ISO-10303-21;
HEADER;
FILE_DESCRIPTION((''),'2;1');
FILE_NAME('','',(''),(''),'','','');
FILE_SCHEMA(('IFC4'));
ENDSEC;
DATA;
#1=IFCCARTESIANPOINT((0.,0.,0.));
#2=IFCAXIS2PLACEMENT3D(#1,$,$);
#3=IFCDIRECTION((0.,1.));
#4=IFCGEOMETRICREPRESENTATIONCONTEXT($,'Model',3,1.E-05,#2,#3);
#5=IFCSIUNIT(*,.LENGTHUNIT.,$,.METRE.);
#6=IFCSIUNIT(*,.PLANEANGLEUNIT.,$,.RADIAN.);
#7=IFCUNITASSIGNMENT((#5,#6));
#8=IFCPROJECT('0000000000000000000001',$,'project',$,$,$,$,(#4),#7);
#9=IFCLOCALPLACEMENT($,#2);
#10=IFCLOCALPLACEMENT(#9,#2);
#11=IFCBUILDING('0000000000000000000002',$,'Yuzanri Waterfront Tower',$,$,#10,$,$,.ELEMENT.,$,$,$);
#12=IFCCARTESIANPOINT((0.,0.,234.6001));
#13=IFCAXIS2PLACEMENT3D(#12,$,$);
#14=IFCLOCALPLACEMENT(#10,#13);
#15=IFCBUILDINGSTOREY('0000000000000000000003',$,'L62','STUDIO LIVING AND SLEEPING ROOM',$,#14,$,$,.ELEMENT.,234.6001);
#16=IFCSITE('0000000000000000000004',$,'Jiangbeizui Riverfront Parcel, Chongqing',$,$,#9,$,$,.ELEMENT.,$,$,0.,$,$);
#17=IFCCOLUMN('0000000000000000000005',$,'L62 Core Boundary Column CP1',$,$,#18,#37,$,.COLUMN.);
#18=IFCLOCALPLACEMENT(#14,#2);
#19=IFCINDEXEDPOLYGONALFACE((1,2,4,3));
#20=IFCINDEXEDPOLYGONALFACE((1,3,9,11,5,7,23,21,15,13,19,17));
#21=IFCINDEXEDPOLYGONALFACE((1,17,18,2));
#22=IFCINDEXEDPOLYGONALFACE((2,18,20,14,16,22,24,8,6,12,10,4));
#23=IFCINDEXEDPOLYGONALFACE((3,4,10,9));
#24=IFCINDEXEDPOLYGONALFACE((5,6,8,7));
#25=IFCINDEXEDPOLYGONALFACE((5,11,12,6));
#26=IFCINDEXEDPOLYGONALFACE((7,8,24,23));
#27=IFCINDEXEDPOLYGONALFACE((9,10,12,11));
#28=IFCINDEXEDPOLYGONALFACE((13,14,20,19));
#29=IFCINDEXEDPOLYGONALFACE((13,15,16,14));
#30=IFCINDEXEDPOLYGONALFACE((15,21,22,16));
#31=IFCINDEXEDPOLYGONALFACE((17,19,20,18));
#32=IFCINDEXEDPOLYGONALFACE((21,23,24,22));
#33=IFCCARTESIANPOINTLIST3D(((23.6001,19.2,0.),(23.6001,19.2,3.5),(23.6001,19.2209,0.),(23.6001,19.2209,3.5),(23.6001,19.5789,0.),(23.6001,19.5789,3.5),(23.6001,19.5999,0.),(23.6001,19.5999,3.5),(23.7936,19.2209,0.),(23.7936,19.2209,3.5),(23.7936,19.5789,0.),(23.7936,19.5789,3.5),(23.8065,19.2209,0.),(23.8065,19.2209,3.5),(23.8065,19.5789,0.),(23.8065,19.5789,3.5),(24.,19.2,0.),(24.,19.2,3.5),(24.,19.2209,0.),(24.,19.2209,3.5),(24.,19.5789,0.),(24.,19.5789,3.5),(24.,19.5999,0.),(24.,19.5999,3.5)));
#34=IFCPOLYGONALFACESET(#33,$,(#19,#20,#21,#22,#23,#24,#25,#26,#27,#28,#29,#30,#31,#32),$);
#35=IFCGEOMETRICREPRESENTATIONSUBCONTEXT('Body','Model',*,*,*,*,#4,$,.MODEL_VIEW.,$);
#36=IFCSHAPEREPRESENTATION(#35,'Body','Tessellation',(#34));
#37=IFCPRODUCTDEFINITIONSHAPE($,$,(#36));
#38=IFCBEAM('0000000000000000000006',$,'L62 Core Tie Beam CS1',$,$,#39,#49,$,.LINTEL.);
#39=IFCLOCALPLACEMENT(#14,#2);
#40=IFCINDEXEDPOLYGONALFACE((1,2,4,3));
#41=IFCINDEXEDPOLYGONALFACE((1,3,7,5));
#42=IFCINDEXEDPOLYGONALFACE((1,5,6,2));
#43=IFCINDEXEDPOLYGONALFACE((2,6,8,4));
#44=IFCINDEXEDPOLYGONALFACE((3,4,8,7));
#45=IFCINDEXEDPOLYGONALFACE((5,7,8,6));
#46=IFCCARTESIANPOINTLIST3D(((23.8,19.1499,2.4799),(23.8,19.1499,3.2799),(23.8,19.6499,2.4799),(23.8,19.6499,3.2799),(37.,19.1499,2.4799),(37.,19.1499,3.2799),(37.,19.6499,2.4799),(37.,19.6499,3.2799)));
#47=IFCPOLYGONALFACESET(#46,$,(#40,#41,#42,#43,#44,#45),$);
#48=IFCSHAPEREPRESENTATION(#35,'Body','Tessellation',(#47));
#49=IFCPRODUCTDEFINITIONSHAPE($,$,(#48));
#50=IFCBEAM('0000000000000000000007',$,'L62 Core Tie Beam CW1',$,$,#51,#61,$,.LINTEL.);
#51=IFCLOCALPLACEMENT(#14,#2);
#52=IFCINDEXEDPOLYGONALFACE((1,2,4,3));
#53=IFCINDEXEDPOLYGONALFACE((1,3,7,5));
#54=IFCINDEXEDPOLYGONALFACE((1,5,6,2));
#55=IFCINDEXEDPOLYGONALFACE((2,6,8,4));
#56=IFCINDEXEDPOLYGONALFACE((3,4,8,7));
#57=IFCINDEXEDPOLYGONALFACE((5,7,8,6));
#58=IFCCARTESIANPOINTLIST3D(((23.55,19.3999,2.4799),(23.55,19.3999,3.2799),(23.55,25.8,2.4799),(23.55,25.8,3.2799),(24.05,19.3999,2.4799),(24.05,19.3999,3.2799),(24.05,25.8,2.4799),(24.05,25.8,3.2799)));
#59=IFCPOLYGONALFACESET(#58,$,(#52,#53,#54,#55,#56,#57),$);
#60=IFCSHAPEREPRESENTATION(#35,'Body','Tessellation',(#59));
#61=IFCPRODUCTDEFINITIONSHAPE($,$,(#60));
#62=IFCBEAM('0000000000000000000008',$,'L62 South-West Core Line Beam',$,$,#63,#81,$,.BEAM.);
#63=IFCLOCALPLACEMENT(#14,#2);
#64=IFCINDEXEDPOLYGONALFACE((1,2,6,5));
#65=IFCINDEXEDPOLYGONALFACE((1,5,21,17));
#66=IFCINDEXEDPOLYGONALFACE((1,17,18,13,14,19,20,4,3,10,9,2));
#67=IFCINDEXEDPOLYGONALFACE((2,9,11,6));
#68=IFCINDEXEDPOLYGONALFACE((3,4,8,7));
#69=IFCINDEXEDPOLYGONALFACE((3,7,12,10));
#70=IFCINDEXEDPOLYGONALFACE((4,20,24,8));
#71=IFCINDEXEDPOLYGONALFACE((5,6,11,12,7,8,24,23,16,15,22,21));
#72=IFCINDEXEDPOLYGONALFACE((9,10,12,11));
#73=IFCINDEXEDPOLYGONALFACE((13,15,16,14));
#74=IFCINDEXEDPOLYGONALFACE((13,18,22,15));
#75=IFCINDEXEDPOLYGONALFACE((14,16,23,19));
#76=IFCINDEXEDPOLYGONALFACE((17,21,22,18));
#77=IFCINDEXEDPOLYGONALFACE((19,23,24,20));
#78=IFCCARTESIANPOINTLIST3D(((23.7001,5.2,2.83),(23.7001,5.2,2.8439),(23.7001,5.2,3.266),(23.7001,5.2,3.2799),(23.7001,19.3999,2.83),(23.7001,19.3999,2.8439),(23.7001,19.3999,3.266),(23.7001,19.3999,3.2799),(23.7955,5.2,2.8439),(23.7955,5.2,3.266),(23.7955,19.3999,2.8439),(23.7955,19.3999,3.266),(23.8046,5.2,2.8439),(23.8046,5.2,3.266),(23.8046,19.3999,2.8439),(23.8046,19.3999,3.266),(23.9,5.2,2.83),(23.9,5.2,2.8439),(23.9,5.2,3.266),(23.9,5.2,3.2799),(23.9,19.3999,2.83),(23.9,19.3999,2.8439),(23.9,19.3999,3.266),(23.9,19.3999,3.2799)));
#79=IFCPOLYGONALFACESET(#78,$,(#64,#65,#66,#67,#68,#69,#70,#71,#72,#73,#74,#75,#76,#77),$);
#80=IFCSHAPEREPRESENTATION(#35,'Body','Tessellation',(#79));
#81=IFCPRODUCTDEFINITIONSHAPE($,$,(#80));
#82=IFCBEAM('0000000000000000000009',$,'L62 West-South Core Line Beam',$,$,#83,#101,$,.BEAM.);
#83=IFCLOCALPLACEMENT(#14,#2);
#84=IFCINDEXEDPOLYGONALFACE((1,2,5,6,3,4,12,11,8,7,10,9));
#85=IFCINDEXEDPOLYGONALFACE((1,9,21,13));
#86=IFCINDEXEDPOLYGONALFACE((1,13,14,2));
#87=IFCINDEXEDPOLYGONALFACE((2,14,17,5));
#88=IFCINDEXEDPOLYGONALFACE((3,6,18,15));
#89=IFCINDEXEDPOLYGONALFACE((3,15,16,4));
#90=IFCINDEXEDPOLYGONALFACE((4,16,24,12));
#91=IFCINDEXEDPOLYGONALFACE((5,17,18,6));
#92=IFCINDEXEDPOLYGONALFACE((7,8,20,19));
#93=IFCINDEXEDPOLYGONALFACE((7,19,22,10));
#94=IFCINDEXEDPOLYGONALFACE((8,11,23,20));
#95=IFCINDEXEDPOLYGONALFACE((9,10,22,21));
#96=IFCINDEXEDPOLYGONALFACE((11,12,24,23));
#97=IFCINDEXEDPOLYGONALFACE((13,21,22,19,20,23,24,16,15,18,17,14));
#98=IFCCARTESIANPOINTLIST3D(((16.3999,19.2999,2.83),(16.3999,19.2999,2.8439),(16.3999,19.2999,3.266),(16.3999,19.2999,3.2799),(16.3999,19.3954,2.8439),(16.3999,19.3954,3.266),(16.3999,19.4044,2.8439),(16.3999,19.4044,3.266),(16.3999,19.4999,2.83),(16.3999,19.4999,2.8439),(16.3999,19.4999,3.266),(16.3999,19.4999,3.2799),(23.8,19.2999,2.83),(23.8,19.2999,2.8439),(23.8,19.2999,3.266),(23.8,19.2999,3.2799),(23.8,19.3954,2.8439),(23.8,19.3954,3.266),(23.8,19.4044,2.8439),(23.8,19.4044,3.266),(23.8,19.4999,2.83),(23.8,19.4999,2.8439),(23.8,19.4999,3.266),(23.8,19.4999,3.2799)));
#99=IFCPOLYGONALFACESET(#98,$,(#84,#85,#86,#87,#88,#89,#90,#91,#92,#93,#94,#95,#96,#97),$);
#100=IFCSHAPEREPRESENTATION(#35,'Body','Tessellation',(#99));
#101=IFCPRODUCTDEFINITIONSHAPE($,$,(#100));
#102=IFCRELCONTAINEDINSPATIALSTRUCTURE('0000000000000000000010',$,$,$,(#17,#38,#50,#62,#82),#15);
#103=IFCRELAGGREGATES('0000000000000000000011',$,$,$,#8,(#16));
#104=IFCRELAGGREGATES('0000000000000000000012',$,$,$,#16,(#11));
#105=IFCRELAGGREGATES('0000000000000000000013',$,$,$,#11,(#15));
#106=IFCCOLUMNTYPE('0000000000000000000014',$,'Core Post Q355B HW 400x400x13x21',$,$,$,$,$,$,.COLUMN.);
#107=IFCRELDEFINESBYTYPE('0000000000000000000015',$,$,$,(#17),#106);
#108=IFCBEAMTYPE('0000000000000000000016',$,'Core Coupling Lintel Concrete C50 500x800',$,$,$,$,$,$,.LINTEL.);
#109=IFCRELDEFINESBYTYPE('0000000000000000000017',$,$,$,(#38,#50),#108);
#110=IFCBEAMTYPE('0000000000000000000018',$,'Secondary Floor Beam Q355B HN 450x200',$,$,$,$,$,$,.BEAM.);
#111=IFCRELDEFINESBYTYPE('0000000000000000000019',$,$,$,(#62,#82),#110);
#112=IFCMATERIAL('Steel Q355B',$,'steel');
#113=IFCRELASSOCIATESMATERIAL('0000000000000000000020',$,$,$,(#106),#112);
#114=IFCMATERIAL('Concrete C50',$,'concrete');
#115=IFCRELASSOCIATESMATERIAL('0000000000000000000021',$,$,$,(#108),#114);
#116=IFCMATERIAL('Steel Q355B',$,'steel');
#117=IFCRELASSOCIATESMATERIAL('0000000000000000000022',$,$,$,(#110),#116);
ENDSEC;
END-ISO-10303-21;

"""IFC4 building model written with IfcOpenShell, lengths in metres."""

from ifc_helpers import new_model, si_unit, direction, frame, origin, origin_2d, place, context, subcontext, project, spatial, rectangle, i_section, extrude, source, transform, mapped, material, material_profile, profile_set, type_object, element, save


model = new_model("IFC4")

# Units and contexts
model_context = context("Model", 3, precision=1e-05, world=origin(), true_north=direction((0.0, 1.0)))
body_context = subcontext(model_context, "Body", "Model", "MODEL_VIEW")
ifc_project = project(units=[si_unit("LENGTHUNIT", "METRE"), si_unit("PLANEANGLEUNIT", "RADIAN")], contexts=[model_context])

# Site, building, storey
site_placement = place(None, origin())
site = spatial("IfcSite", under=ifc_project, at=site_placement, Name="Jiangbeizui Riverfront Parcel, Chongqing", CompositionType="ELEMENT", RefElevation=0.0)
building_placement = place(site_placement, origin())
building = spatial("IfcBuilding", under=site, at=building_placement, Name="Yuzanri Waterfront Tower", CompositionType="ELEMENT")
storey_placement = place(building_placement, frame((0.0, 0.0, 234.6001)))
storey = spatial("IfcBuildingStorey", under=building, at=storey_placement, Name="L62", Description="STUDIO LIVING AND SLEEPING ROOM", CompositionType="ELEMENT", Elevation=234.6001)

# Column
ifc_material_1 = material(Name="Steel Q355B", Category="steel")
ifc_material_profile_1 = material_profile(ifc_material_1, i_section(OverallWidth=0.3999, OverallDepth=0.3999, WebThickness=0.0129, FlangeThickness=0.021, at=origin_2d()), Name="HW 400x400x13x21")
ifc_profile_set_1 = profile_set([ifc_material_profile_1], Name="Steel Q355B")
column_type = type_object("IfcColumnType", Name="Core Post Q355B HW 400x400x13x21", PredefinedType="COLUMN", material=ifc_profile_set_1)
shared_shape_1 = source(origin(), body_context, "Body", "SweptSolid", [
    extrude(i_section(OverallWidth=0.3999, OverallDepth=0.3999, WebThickness=0.0129, FlangeThickness=0.021, at=origin_2d()), origin(), (0.0, 0.0, 1.0), 3.5),
])
column_placement = place(storey_placement, frame((23.8, 19.3999, 0.0), z_axis=(0.0, 0.0, 1.0), x_axis=(1.0, 0.0, 0.0)))
element("IfcColumn", 1, at=column_placement, inside=storey, type_object=column_type, Name="L62 Core Boundary Column CP1", PredefinedType="COLUMN", context=body_context, shape_type="MappedRepresentation", body=[
    mapped(shared_shape_1, transform((0.0, 0.0, 0.0), scale=1.0)),
])

# Beams
ifc_material_2 = material(Name="Concrete C50", Category="concrete")
ifc_material_profile_2 = material_profile(ifc_material_2, rectangle(XDim=0.5, YDim=0.8, at=origin_2d()), Name="RC 500x800")
ifc_profile_set_2 = profile_set([ifc_material_profile_2], Name="Concrete C50")
beam_type_1 = type_object("IfcBeamType", Name="Core Coupling Lintel Concrete C50 500x800", PredefinedType="LINTEL", material=ifc_profile_set_2)
shared_shape_2 = source(origin(), body_context, "Body", "SweptSolid", [
    extrude(rectangle(XDim=0.5, YDim=0.8, at=origin_2d()), origin(), (0.0, 0.0, 1.0), 13.2),
])
beam_1_placement = place(storey_placement, frame((23.8, 19.3999, 2.8799), z_axis=(1.0, 0.0, 0.0), x_axis=(0.0, 1.0, 0.0)))
element("IfcBeam", 2, at=beam_1_placement, inside=storey, type_object=beam_type_1, Name="L62 Core Tie Beam CS1", PredefinedType="LINTEL", context=body_context, shape_type="MappedRepresentation", body=[
    mapped(shared_shape_2, transform((0.0, 0.0, 0.0), scale=1.0)),
])
shared_shape_3 = source(origin(), body_context, "Body", "SweptSolid", [
    extrude(rectangle(XDim=0.5, YDim=0.8, at=origin_2d()), origin(), (0.0, 0.0, 1.0), 6.4001),
])
beam_2_placement = place(storey_placement, frame((23.8, 19.3999, 2.8799), z_axis=(0.0, 1.0, 0.0), x_axis=(-1.0, 0.0, 0.0)))
element("IfcBeam", 3, at=beam_2_placement, inside=storey, type_object=beam_type_1, Name="L62 Core Tie Beam CW1", PredefinedType="LINTEL", context=body_context, shape_type="MappedRepresentation", body=[
    mapped(shared_shape_3, transform((0.0, 0.0, 0.0), scale=1.0)),
])
ifc_material_3 = material(Name="Steel Q355B", Category="steel")
ifc_material_profile_3 = material_profile(ifc_material_3, i_section(OverallWidth=0.2, OverallDepth=0.45, WebThickness=0.009, FlangeThickness=0.0139, at=origin_2d()), Name="HN 450x200x9x14")
ifc_profile_set_3 = profile_set([ifc_material_profile_3], Name="Steel Q355B")
beam_type_2 = type_object("IfcBeamType", Name="Secondary Floor Beam Q355B HN 450x200", PredefinedType="BEAM", material=ifc_profile_set_3)
shared_shape_4 = source(origin(), body_context, "Body", "SweptSolid", [
    extrude(i_section(OverallWidth=0.2, OverallDepth=0.45, WebThickness=0.009, FlangeThickness=0.0139, at=origin_2d()), origin(), (0.0, 0.0, 1.0), 14.2),
])
beam_3_placement = place(storey_placement, frame((23.8, 19.3999, 3.0549), z_axis=(0.0, -1.0, 0.0), x_axis=(1.0, 0.0, 0.0)))
element("IfcBeam", 4, at=beam_3_placement, inside=storey, type_object=beam_type_2, Name="L62 South-West Core Line Beam", PredefinedType="BEAM", context=body_context, shape_type="MappedRepresentation", body=[
    mapped(shared_shape_4, transform((0.0, 0.0, 0.0), scale=1.0)),
])
shared_shape_5 = source(origin(), body_context, "Body", "SweptSolid", [
    extrude(i_section(OverallWidth=0.2, OverallDepth=0.45, WebThickness=0.009, FlangeThickness=0.0139, at=origin_2d()), origin(), (0.0, 0.0, 1.0), 7.4001),
])
beam_4_placement = place(storey_placement, frame((23.8, 19.3999, 3.0549), z_axis=(-1.0, 0.0, 0.0), x_axis=(0.0, -1.0, 0.0)))
element("IfcBeam", 5, at=beam_4_placement, inside=storey, type_object=beam_type_2, Name="L62 West-South Core Line Beam", PredefinedType="BEAM", context=body_context, shape_type="MappedRepresentation", body=[
    mapped(shared_shape_5, transform((0.0, 0.0, 0.0), scale=1.0)),
])

save(model, "model.ifc")
